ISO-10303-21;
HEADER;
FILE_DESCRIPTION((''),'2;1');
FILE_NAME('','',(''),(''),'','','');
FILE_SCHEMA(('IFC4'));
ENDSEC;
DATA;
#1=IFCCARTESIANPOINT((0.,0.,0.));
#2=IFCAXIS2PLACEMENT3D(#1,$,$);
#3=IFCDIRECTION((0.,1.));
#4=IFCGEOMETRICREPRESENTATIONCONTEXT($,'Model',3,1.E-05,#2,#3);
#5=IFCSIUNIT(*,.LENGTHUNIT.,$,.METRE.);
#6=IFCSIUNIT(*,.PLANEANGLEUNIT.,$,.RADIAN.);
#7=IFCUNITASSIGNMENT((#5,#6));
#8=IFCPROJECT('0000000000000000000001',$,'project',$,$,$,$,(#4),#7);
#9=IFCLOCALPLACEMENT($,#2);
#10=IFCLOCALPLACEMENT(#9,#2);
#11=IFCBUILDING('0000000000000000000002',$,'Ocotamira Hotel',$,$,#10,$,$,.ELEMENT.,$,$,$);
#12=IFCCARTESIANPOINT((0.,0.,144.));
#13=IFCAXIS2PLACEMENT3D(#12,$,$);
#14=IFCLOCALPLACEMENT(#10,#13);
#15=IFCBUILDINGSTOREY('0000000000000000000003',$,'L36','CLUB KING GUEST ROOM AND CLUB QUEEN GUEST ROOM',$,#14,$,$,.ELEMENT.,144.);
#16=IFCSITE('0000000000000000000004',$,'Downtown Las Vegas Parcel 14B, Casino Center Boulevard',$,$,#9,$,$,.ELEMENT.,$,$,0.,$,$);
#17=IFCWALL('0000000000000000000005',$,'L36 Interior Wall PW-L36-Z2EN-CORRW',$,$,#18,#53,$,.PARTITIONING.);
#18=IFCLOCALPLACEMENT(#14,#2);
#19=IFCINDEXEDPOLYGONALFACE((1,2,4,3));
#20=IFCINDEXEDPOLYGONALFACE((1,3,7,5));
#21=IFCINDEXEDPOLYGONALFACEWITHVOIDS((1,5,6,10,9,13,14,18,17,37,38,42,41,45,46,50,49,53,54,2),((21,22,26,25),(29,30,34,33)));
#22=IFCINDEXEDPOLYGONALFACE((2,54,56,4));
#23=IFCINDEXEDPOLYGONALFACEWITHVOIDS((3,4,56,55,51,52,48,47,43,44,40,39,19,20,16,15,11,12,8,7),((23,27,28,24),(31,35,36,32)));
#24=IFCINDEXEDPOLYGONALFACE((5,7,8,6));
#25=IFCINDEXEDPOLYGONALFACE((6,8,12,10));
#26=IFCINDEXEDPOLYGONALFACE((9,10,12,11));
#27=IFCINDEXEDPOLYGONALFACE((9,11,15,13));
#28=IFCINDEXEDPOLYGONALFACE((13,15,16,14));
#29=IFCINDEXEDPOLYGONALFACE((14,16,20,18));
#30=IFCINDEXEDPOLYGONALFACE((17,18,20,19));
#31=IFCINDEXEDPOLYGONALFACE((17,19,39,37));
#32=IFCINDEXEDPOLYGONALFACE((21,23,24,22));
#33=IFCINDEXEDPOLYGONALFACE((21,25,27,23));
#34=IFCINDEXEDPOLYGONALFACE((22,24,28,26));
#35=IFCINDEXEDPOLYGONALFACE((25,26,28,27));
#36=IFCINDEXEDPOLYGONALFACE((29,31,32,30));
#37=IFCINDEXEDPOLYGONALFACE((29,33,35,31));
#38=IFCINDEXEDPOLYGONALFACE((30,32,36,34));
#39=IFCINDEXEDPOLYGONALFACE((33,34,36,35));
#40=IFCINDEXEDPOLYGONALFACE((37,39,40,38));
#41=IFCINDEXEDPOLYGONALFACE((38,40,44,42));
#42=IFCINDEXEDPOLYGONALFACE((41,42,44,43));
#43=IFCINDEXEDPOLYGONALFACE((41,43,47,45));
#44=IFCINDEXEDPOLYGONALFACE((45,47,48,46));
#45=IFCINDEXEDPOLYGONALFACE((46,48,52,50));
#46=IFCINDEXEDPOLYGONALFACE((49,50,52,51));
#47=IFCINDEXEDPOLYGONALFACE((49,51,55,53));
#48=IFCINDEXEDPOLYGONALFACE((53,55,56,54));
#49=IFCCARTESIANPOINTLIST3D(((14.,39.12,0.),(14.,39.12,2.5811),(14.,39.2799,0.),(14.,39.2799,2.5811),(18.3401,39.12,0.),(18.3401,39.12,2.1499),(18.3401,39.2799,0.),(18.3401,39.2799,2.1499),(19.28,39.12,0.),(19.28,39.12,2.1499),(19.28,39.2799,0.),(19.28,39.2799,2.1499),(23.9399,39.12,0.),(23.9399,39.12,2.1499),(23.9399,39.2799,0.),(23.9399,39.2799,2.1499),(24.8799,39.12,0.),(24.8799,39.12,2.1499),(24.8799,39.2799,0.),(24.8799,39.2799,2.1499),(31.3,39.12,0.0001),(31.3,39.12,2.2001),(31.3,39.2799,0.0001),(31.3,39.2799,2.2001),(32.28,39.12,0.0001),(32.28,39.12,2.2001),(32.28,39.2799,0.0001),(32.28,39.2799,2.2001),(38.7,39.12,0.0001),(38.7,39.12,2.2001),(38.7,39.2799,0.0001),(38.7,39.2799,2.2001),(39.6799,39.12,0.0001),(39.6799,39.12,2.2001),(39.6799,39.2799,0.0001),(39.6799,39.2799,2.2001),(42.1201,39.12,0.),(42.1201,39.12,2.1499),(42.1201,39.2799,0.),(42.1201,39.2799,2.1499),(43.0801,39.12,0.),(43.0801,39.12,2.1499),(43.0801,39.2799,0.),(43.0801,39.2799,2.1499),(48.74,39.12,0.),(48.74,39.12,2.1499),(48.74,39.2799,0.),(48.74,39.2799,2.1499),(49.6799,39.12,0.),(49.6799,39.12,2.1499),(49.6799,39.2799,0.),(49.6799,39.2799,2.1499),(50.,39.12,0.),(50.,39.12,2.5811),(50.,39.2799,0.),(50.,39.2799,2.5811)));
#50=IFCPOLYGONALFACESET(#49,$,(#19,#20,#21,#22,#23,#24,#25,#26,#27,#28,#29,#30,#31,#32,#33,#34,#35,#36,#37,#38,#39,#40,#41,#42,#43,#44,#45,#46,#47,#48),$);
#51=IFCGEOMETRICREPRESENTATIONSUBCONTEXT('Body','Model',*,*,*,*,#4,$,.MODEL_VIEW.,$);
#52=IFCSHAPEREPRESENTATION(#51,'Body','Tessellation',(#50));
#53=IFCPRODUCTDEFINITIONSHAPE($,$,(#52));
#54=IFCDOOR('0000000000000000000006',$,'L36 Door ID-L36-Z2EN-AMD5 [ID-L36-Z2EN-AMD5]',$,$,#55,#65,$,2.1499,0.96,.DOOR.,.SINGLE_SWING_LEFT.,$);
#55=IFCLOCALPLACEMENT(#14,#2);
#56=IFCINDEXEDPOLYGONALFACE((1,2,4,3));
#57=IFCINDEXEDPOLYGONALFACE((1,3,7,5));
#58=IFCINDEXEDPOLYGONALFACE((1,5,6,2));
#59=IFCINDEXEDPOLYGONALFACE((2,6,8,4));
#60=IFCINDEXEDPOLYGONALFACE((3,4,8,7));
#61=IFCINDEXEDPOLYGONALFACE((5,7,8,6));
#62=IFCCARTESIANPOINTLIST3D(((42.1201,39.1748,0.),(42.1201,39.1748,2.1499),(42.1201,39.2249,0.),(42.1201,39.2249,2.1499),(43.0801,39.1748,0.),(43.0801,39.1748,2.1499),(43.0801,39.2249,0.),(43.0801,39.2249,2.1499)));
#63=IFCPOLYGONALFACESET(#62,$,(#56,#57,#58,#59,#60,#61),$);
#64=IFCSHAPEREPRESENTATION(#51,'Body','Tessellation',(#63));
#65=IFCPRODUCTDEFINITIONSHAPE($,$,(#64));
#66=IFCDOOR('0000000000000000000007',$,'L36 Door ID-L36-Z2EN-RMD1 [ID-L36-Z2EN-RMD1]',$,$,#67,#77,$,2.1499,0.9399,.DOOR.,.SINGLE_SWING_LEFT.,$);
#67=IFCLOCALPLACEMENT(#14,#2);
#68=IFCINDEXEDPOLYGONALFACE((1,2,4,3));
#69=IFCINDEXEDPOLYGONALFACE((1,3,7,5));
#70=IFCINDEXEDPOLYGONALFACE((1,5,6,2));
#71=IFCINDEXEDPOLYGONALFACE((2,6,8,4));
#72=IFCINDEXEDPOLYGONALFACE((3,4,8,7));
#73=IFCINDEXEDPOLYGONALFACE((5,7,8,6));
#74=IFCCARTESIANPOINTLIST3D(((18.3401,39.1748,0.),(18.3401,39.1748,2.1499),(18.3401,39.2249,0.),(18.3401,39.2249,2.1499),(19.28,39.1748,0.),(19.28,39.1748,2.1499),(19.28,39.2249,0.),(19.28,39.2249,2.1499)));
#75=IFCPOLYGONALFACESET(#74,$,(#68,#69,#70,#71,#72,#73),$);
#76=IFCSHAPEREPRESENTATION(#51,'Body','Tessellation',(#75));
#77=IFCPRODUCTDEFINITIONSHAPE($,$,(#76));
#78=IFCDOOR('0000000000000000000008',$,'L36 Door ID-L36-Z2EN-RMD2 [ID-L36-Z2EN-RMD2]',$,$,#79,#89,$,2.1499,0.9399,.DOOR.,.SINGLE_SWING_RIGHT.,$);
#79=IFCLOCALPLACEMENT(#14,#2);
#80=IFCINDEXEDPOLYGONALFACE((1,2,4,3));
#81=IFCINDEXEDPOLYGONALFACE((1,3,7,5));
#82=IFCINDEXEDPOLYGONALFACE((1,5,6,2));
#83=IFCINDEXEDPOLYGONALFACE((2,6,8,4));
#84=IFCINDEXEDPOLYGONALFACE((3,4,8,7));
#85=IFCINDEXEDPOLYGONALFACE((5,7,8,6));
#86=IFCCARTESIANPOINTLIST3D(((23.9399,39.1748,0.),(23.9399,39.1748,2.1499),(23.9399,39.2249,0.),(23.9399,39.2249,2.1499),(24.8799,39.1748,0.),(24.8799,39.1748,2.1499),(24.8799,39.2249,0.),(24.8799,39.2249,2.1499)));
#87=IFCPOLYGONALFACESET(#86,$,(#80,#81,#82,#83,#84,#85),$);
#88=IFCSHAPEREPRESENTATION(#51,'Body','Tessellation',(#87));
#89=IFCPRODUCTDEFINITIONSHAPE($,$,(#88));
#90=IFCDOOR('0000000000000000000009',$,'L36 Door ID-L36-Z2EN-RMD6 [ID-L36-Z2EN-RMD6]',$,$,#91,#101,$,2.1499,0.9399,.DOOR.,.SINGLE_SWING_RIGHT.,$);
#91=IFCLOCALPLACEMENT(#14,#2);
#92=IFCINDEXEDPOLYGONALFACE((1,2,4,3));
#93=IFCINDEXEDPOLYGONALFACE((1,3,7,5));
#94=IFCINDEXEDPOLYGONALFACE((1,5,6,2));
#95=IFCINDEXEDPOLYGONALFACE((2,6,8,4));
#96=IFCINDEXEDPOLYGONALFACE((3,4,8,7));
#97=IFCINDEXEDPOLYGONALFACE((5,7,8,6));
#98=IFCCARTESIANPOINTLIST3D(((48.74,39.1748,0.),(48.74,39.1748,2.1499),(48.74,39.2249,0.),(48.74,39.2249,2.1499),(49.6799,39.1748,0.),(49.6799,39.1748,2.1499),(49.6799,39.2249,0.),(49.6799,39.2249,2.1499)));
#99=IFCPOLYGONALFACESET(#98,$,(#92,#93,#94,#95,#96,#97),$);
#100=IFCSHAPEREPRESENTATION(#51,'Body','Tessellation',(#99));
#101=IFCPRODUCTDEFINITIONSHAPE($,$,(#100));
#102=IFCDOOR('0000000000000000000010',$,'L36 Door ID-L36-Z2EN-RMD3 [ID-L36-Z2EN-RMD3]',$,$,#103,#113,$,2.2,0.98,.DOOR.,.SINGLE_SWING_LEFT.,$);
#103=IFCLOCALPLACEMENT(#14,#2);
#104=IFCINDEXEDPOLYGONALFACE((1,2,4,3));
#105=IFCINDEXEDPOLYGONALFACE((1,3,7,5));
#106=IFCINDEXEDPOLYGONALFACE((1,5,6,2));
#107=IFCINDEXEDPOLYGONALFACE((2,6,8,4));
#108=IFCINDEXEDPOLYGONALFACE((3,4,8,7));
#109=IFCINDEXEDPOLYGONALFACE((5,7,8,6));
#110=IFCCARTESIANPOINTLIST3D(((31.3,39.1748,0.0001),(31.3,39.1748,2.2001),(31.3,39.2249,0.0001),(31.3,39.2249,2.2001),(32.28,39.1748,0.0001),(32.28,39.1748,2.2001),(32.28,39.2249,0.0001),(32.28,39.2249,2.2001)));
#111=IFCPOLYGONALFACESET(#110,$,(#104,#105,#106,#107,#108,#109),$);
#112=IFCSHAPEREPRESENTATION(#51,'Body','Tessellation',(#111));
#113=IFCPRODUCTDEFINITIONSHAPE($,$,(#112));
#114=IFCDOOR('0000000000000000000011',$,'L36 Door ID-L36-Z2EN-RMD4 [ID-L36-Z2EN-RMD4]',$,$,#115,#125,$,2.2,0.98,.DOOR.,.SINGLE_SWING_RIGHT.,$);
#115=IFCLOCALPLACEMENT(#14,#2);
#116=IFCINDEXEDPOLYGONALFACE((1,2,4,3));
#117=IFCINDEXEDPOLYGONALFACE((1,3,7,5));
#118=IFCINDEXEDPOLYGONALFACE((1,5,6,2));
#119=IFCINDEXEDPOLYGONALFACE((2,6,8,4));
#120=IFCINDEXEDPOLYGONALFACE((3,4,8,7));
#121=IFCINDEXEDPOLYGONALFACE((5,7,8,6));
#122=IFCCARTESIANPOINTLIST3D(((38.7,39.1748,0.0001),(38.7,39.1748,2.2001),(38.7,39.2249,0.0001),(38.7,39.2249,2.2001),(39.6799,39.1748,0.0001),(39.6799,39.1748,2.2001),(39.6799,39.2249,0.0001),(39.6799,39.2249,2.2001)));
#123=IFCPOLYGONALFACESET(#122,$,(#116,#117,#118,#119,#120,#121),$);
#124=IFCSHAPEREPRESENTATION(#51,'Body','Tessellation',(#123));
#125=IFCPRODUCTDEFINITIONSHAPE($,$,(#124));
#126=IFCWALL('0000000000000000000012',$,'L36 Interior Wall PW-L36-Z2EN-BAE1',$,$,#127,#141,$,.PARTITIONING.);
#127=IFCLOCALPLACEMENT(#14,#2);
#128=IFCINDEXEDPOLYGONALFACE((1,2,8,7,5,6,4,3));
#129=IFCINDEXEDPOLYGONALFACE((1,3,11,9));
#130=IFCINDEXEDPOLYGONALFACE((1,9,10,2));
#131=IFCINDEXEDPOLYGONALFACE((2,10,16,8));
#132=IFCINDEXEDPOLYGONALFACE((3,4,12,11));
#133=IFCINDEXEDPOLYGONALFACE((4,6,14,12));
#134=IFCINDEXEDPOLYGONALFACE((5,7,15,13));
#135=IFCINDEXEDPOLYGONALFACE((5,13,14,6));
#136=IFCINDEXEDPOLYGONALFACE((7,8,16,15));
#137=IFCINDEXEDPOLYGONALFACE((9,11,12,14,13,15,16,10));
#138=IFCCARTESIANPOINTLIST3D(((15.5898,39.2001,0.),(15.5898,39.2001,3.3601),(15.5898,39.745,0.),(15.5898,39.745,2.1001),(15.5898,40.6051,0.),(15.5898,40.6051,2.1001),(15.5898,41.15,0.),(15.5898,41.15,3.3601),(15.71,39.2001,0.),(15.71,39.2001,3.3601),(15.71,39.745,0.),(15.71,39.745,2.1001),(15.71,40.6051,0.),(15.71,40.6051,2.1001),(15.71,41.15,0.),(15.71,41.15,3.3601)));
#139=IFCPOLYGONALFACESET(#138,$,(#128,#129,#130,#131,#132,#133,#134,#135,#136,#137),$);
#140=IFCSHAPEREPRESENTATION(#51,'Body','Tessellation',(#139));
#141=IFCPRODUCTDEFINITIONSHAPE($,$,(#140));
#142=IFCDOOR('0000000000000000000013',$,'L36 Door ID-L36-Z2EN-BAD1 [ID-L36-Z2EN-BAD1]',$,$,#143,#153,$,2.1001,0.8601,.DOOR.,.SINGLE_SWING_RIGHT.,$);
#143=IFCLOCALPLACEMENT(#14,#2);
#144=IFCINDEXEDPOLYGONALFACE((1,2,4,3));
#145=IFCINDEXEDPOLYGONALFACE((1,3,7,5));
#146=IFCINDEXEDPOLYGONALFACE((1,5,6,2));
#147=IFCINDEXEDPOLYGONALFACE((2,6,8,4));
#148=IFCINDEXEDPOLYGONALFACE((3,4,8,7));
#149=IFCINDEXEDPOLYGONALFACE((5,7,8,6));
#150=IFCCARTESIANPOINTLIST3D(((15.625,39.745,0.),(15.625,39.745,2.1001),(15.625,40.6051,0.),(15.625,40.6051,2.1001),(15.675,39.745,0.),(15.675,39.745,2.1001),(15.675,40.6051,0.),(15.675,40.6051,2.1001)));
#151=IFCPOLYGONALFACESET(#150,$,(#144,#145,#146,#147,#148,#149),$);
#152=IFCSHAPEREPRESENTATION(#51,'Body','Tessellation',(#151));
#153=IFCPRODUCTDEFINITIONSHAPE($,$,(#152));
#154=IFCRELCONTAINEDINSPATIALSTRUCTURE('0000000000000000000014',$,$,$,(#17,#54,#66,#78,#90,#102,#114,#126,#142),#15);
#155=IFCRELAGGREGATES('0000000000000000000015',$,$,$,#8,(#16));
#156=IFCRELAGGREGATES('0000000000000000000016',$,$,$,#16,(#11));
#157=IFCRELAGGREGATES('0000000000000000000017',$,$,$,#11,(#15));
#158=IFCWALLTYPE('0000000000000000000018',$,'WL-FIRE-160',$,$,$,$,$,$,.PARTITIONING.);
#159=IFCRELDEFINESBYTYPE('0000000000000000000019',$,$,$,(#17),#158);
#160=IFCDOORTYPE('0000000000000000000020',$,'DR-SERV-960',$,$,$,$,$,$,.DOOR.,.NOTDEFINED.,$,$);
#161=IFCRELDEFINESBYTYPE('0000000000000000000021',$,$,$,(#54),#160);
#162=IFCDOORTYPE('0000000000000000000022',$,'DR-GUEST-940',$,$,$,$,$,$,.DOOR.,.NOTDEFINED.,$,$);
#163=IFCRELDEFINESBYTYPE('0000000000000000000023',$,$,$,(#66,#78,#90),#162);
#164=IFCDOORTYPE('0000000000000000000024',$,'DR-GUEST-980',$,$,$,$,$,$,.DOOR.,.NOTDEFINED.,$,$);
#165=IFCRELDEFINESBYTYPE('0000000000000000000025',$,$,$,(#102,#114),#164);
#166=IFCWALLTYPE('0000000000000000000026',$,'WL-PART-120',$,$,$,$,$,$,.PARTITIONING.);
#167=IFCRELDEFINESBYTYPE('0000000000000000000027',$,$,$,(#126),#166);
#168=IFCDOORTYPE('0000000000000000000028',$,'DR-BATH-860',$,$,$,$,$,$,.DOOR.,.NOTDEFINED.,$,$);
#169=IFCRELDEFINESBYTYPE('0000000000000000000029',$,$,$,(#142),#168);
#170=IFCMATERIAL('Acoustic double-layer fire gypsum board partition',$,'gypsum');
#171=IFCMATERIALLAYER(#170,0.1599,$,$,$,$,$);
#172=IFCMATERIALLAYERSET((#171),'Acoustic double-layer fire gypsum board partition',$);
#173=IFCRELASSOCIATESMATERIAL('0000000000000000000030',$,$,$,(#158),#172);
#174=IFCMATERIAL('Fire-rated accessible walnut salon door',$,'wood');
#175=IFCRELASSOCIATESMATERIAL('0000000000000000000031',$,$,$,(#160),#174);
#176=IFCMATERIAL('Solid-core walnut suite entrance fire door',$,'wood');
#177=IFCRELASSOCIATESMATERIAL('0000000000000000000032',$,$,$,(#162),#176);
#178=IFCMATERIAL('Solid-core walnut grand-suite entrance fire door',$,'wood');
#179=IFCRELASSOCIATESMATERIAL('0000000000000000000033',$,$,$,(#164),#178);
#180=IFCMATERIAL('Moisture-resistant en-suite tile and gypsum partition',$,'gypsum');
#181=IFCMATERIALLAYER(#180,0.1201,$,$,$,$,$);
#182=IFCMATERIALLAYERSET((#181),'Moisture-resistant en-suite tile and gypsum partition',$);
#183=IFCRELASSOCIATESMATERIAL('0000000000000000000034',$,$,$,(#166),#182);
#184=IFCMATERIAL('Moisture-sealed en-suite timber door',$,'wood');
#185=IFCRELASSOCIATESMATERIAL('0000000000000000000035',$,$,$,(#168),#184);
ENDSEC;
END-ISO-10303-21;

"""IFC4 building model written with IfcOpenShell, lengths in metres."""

from ifc_helpers import new_model, si_unit, direction, frame, frame_2d, origin, place, context, subcontext, project, spatial, rectangle, extrude, source, transform, mapped, material, layer, layer_set, type_object, element, fill, save


model = new_model("IFC4")

# Units and contexts
model_context = context("Model", 3, precision=1e-05, world=origin(), true_north=direction((0.0, 1.0)))
body_context = subcontext(model_context, "Body", "Model", "MODEL_VIEW")
ifc_project = project(units=[si_unit("LENGTHUNIT", "METRE"), si_unit("PLANEANGLEUNIT", "RADIAN")], contexts=[model_context])

# Site, building, storey
site_placement = place(None, origin())
site = spatial("IfcSite", under=ifc_project, at=site_placement, Name="Downtown Las Vegas Parcel 14B, Casino Center Boulevard", CompositionType="ELEMENT", RefElevation=0.0)
building_placement = place(site_placement, origin())
building = spatial("IfcBuilding", under=site, at=building_placement, Name="Ocotamira Hotel", CompositionType="ELEMENT")
storey_placement = place(building_placement, frame((0.0, 0.0, 144.0)))
storey = spatial("IfcBuildingStorey", under=building, at=storey_placement, Name="L36", Description="CLUB KING GUEST ROOM AND CLUB QUEEN GUEST ROOM", CompositionType="ELEMENT", Elevation=144.0)

# Shared definitions
ifc_material_1 = material(Name="Acoustic double-layer fire gypsum board partition", Category="gypsum")
ifc_layer_1 = layer(ifc_material_1, 0.1599)
ifc_layer_set_1 = layer_set([ifc_layer_1], Name="Acoustic double-layer fire gypsum board partition")
wall_type_1 = type_object("IfcWallType", Name="WL-FIRE-160", PredefinedType="PARTITIONING", material=ifc_layer_set_1)
ifc_material_2 = material(Name="Fire-rated accessible walnut salon door", Category="wood")
door_type_1 = type_object("IfcDoorType", Name="DR-SERV-960", OperationType="NOTDEFINED", PredefinedType="DOOR", material=ifc_material_2)
shared_shape_1 = source(origin(), body_context, "Body", "SweptSolid", [
    extrude(rectangle(XDim=0.96, YDim=2.1499, at=frame_2d((0.48, 1.075))), frame((0.0, 0.0249, 0.0), z_axis=(0.0, -1.0, 0.0), x_axis=(1.0, 0.0, 0.0)), (0.0, 0.0, 1.0), 0.05),
])

# Wall, openings, doors
wall_1_placement = place(storey_placement, frame((14.0, 39.2, 0.0), z_axis=(0.0, 0.0, 1.0), x_axis=(1.0, 0.0, 0.0)))
wall_1 = element("IfcWall", 1, at=wall_1_placement, inside=storey, type_object=wall_type_1, Name="L36 Interior Wall PW-L36-Z2EN-CORRW", PredefinedType="PARTITIONING", context=body_context, shape_type="SweptSolid", body=[
    extrude(rectangle(XDim=36.0, YDim=0.1599, at=frame_2d((18.0, 0.0))), origin(), (0.0, 0.0, 1.0), 2.5811),
])
opening_1_placement = place(wall_1_placement, frame((4.3401, 0.0, 0.0)))
opening_1 = element("IfcOpeningElement", 2, at=opening_1_placement, cuts=wall_1, PredefinedType="OPENING", context=body_context, shape_type="SweptSolid", body=[
    extrude(rectangle(XDim=0.9399, YDim=2.1499, at=frame_2d((0.47, 1.075))), frame((0.0, 0.0898, 0.0), z_axis=(0.0, -1.0, 0.0), x_axis=(1.0, 0.0, 0.0)), (0.0, 0.0, 1.0), 0.1799),
])
opening_2_placement = place(wall_1_placement, frame((9.9399, 0.0, 0.0)))
opening_2 = element("IfcOpeningElement", 3, at=opening_2_placement, cuts=wall_1, PredefinedType="OPENING", context=body_context, shape_type="SweptSolid", body=[
    extrude(rectangle(XDim=0.9399, YDim=2.1499, at=frame_2d((0.47, 1.075))), frame((0.0, 0.0898, 0.0), z_axis=(0.0, -1.0, 0.0), x_axis=(1.0, 0.0, 0.0)), (0.0, 0.0, 1.0), 0.1799),
])
opening_3_placement = place(wall_1_placement, frame((17.3, 0.0, 0.0)))
opening_3 = element("IfcOpeningElement", 4, at=opening_3_placement, cuts=wall_1, PredefinedType="OPENING", context=body_context, shape_type="SweptSolid", body=[
    extrude(rectangle(XDim=0.98, YDim=2.2, at=frame_2d((0.49, 1.1001))), frame((0.0, 0.0898, 0.0), z_axis=(0.0, -1.0, 0.0), x_axis=(1.0, 0.0, 0.0)), (0.0, 0.0, 1.0), 0.1799),
])
opening_4_placement = place(wall_1_placement, frame((24.7, 0.0, 0.0)))
opening_4 = element("IfcOpeningElement", 5, at=opening_4_placement, cuts=wall_1, PredefinedType="OPENING", context=body_context, shape_type="SweptSolid", body=[
    extrude(rectangle(XDim=0.98, YDim=2.2, at=frame_2d((0.49, 1.1001))), frame((0.0, 0.0898, 0.0), z_axis=(0.0, -1.0, 0.0), x_axis=(1.0, 0.0, 0.0)), (0.0, 0.0, 1.0), 0.1799),
])
opening_5_placement = place(wall_1_placement, frame((28.1201, 0.0, 0.0)))
opening_5 = element("IfcOpeningElement", 6, at=opening_5_placement, cuts=wall_1, PredefinedType="OPENING", context=body_context, shape_type="SweptSolid", body=[
    extrude(rectangle(XDim=0.96, YDim=2.1499, at=frame_2d((0.48, 1.075))), frame((0.0, 0.0898, 0.0), z_axis=(0.0, -1.0, 0.0), x_axis=(1.0, 0.0, 0.0)), (0.0, 0.0, 1.0), 0.1799),
])
opening_6_placement = place(wall_1_placement, frame((34.74, 0.0, 0.0)))
opening_6 = element("IfcOpeningElement", 7, at=opening_6_placement, cuts=wall_1, PredefinedType="OPENING", context=body_context, shape_type="SweptSolid", body=[
    extrude(rectangle(XDim=0.9399, YDim=2.1499, at=frame_2d((0.47, 1.075))), frame((0.0, 0.0898, 0.0), z_axis=(0.0, -1.0, 0.0), x_axis=(1.0, 0.0, 0.0)), (0.0, 0.0, 1.0), 0.1799),
])
door_1_placement = place(opening_5_placement, origin())
door_1 = element("IfcDoor", 8, at=door_1_placement, inside=storey, type_object=door_type_1, Name="L36 Door ID-L36-Z2EN-AMD5 [ID-L36-Z2EN-AMD5]", OperationType="SINGLE_SWING_LEFT", OverallHeight=2.1499, OverallWidth=0.96, PredefinedType="DOOR", context=body_context, shape_type="MappedRepresentation", body=[
    mapped(shared_shape_1, transform((0.0, 0.0, 0.0), scale=1.0)),
])
fill(opening_5, door_1)
ifc_material_3 = material(Name="Solid-core walnut suite entrance fire door", Category="wood")
door_type_2 = type_object("IfcDoorType", Name="DR-GUEST-940", OperationType="NOTDEFINED", PredefinedType="DOOR", material=ifc_material_3)
shared_shape_2 = source(origin(), body_context, "Body", "SweptSolid", [
    extrude(rectangle(XDim=0.9399, YDim=2.1499, at=frame_2d((0.47, 1.075))), frame((0.0, 0.0249, 0.0), z_axis=(0.0, -1.0, 0.0), x_axis=(1.0, 0.0, 0.0)), (0.0, 0.0, 1.0), 0.05),
])
door_2_placement = place(opening_1_placement, origin())
door_2 = element("IfcDoor", 9, at=door_2_placement, inside=storey, type_object=door_type_2, Name="L36 Door ID-L36-Z2EN-RMD1 [ID-L36-Z2EN-RMD1]", OperationType="SINGLE_SWING_LEFT", OverallHeight=2.1499, OverallWidth=0.9399, PredefinedType="DOOR", context=body_context, shape_type="MappedRepresentation", body=[
    mapped(shared_shape_2, transform((0.0, 0.0, 0.0), scale=1.0)),
])
fill(opening_1, door_2)
door_3_placement = place(opening_2_placement, origin())
door_3 = element("IfcDoor", 10, at=door_3_placement, inside=storey, type_object=door_type_2, Name="L36 Door ID-L36-Z2EN-RMD2 [ID-L36-Z2EN-RMD2]", OperationType="SINGLE_SWING_RIGHT", OverallHeight=2.1499, OverallWidth=0.9399, PredefinedType="DOOR", context=body_context, shape_type="MappedRepresentation", body=[
    mapped(shared_shape_2, transform((0.0, 0.0, 0.0), scale=1.0)),
])
fill(opening_2, door_3)
door_4_placement = place(opening_6_placement, origin())
door_4 = element("IfcDoor", 11, at=door_4_placement, inside=storey, type_object=door_type_2, Name="L36 Door ID-L36-Z2EN-RMD6 [ID-L36-Z2EN-RMD6]", OperationType="SINGLE_SWING_RIGHT", OverallHeight=2.1499, OverallWidth=0.9399, PredefinedType="DOOR", context=body_context, shape_type="MappedRepresentation", body=[
    mapped(shared_shape_2, transform((0.0, 0.0, 0.0), scale=1.0)),
])
fill(opening_6, door_4)
ifc_material_4 = material(Name="Solid-core walnut grand-suite entrance fire door", Category="wood")
door_type_3 = type_object("IfcDoorType", Name="DR-GUEST-980", OperationType="NOTDEFINED", PredefinedType="DOOR", material=ifc_material_4)
shared_shape_3 = source(origin(), body_context, "Body", "SweptSolid", [
    extrude(rectangle(XDim=0.98, YDim=2.2, at=frame_2d((0.49, 1.1001))), frame((0.0, 0.0249, 0.0), z_axis=(0.0, -1.0, 0.0), x_axis=(1.0, 0.0, 0.0)), (0.0, 0.0, 1.0), 0.05),
])
door_5_placement = place(opening_3_placement, origin())
door_5 = element("IfcDoor", 12, at=door_5_placement, inside=storey, type_object=door_type_3, Name="L36 Door ID-L36-Z2EN-RMD3 [ID-L36-Z2EN-RMD3]", OperationType="SINGLE_SWING_LEFT", OverallHeight=2.2, OverallWidth=0.98, PredefinedType="DOOR", context=body_context, shape_type="MappedRepresentation", body=[
    mapped(shared_shape_3, transform((0.0, 0.0, 0.0), scale=1.0)),
])
fill(opening_3, door_5)
door_6_placement = place(opening_4_placement, origin())
door_6 = element("IfcDoor", 13, at=door_6_placement, inside=storey, type_object=door_type_3, Name="L36 Door ID-L36-Z2EN-RMD4 [ID-L36-Z2EN-RMD4]", OperationType="SINGLE_SWING_RIGHT", OverallHeight=2.2, OverallWidth=0.98, PredefinedType="DOOR", context=body_context, shape_type="MappedRepresentation", body=[
    mapped(shared_shape_3, transform((0.0, 0.0, 0.0), scale=1.0)),
])
fill(opening_4, door_6)

# Wall, opening, door
ifc_material_5 = material(Name="Moisture-resistant en-suite tile and gypsum partition", Category="gypsum")
ifc_layer_2 = layer(ifc_material_5, 0.1201)
ifc_layer_set_2 = layer_set([ifc_layer_2], Name="Moisture-resistant en-suite tile and gypsum partition")
wall_type_2 = type_object("IfcWallType", Name="WL-PART-120", PredefinedType="PARTITIONING", material=ifc_layer_set_2)
wall_2_placement = place(storey_placement, frame((15.6499, 39.2, 0.0), z_axis=(0.0, 0.0, 1.0), x_axis=(0.0, 1.0, 0.0)))
wall_2 = element("IfcWall", 14, at=wall_2_placement, inside=storey, type_object=wall_type_2, Name="L36 Interior Wall PW-L36-Z2EN-BAE1", PredefinedType="PARTITIONING", context=body_context, shape_type="SweptSolid", body=[
    extrude(rectangle(XDim=1.95, YDim=0.1201, at=frame_2d((0.9751, 0.0))), origin(), (0.0, 0.0, 1.0), 3.3601),
])
opening_7_placement = place(wall_2_placement, frame((0.5449, 0.0, 0.0)))
opening_7 = element("IfcOpeningElement", 15, at=opening_7_placement, cuts=wall_2, PredefinedType="OPENING", context=body_context, shape_type="SweptSolid", body=[
    extrude(rectangle(XDim=0.8601, YDim=2.1001, at=frame_2d((0.4302, 1.05))), frame((0.0, 0.0701, 0.0), z_axis=(0.0, -1.0, 0.0), x_axis=(1.0, 0.0, 0.0)), (0.0, 0.0, 1.0), 0.1401),
])
ifc_material_6 = material(Name="Moisture-sealed en-suite timber door", Category="wood")
door_type_4 = type_object("IfcDoorType", Name="DR-BATH-860", OperationType="NOTDEFINED", PredefinedType="DOOR", material=ifc_material_6)
shared_shape_4 = source(origin(), body_context, "Body", "SweptSolid", [
    extrude(rectangle(XDim=0.8601, YDim=2.1001, at=frame_2d((0.4302, 1.05))), frame((0.0, 0.0249, 0.0), z_axis=(0.0, -1.0, 0.0), x_axis=(1.0, 0.0, 0.0)), (0.0, 0.0, 1.0), 0.05),
])
door_7_placement = place(opening_7_placement, origin())
door_7 = element("IfcDoor", 16, at=door_7_placement, inside=storey, type_object=door_type_4, Name="L36 Door ID-L36-Z2EN-BAD1 [ID-L36-Z2EN-BAD1]", OperationType="SINGLE_SWING_RIGHT", OverallHeight=2.1001, OverallWidth=0.8601, PredefinedType="DOOR", context=body_context, shape_type="MappedRepresentation", body=[
    mapped(shared_shape_4, transform((0.0, 0.0, 0.0), scale=1.0)),
])
fill(opening_7, door_7)

save(model, "model.ifc")
